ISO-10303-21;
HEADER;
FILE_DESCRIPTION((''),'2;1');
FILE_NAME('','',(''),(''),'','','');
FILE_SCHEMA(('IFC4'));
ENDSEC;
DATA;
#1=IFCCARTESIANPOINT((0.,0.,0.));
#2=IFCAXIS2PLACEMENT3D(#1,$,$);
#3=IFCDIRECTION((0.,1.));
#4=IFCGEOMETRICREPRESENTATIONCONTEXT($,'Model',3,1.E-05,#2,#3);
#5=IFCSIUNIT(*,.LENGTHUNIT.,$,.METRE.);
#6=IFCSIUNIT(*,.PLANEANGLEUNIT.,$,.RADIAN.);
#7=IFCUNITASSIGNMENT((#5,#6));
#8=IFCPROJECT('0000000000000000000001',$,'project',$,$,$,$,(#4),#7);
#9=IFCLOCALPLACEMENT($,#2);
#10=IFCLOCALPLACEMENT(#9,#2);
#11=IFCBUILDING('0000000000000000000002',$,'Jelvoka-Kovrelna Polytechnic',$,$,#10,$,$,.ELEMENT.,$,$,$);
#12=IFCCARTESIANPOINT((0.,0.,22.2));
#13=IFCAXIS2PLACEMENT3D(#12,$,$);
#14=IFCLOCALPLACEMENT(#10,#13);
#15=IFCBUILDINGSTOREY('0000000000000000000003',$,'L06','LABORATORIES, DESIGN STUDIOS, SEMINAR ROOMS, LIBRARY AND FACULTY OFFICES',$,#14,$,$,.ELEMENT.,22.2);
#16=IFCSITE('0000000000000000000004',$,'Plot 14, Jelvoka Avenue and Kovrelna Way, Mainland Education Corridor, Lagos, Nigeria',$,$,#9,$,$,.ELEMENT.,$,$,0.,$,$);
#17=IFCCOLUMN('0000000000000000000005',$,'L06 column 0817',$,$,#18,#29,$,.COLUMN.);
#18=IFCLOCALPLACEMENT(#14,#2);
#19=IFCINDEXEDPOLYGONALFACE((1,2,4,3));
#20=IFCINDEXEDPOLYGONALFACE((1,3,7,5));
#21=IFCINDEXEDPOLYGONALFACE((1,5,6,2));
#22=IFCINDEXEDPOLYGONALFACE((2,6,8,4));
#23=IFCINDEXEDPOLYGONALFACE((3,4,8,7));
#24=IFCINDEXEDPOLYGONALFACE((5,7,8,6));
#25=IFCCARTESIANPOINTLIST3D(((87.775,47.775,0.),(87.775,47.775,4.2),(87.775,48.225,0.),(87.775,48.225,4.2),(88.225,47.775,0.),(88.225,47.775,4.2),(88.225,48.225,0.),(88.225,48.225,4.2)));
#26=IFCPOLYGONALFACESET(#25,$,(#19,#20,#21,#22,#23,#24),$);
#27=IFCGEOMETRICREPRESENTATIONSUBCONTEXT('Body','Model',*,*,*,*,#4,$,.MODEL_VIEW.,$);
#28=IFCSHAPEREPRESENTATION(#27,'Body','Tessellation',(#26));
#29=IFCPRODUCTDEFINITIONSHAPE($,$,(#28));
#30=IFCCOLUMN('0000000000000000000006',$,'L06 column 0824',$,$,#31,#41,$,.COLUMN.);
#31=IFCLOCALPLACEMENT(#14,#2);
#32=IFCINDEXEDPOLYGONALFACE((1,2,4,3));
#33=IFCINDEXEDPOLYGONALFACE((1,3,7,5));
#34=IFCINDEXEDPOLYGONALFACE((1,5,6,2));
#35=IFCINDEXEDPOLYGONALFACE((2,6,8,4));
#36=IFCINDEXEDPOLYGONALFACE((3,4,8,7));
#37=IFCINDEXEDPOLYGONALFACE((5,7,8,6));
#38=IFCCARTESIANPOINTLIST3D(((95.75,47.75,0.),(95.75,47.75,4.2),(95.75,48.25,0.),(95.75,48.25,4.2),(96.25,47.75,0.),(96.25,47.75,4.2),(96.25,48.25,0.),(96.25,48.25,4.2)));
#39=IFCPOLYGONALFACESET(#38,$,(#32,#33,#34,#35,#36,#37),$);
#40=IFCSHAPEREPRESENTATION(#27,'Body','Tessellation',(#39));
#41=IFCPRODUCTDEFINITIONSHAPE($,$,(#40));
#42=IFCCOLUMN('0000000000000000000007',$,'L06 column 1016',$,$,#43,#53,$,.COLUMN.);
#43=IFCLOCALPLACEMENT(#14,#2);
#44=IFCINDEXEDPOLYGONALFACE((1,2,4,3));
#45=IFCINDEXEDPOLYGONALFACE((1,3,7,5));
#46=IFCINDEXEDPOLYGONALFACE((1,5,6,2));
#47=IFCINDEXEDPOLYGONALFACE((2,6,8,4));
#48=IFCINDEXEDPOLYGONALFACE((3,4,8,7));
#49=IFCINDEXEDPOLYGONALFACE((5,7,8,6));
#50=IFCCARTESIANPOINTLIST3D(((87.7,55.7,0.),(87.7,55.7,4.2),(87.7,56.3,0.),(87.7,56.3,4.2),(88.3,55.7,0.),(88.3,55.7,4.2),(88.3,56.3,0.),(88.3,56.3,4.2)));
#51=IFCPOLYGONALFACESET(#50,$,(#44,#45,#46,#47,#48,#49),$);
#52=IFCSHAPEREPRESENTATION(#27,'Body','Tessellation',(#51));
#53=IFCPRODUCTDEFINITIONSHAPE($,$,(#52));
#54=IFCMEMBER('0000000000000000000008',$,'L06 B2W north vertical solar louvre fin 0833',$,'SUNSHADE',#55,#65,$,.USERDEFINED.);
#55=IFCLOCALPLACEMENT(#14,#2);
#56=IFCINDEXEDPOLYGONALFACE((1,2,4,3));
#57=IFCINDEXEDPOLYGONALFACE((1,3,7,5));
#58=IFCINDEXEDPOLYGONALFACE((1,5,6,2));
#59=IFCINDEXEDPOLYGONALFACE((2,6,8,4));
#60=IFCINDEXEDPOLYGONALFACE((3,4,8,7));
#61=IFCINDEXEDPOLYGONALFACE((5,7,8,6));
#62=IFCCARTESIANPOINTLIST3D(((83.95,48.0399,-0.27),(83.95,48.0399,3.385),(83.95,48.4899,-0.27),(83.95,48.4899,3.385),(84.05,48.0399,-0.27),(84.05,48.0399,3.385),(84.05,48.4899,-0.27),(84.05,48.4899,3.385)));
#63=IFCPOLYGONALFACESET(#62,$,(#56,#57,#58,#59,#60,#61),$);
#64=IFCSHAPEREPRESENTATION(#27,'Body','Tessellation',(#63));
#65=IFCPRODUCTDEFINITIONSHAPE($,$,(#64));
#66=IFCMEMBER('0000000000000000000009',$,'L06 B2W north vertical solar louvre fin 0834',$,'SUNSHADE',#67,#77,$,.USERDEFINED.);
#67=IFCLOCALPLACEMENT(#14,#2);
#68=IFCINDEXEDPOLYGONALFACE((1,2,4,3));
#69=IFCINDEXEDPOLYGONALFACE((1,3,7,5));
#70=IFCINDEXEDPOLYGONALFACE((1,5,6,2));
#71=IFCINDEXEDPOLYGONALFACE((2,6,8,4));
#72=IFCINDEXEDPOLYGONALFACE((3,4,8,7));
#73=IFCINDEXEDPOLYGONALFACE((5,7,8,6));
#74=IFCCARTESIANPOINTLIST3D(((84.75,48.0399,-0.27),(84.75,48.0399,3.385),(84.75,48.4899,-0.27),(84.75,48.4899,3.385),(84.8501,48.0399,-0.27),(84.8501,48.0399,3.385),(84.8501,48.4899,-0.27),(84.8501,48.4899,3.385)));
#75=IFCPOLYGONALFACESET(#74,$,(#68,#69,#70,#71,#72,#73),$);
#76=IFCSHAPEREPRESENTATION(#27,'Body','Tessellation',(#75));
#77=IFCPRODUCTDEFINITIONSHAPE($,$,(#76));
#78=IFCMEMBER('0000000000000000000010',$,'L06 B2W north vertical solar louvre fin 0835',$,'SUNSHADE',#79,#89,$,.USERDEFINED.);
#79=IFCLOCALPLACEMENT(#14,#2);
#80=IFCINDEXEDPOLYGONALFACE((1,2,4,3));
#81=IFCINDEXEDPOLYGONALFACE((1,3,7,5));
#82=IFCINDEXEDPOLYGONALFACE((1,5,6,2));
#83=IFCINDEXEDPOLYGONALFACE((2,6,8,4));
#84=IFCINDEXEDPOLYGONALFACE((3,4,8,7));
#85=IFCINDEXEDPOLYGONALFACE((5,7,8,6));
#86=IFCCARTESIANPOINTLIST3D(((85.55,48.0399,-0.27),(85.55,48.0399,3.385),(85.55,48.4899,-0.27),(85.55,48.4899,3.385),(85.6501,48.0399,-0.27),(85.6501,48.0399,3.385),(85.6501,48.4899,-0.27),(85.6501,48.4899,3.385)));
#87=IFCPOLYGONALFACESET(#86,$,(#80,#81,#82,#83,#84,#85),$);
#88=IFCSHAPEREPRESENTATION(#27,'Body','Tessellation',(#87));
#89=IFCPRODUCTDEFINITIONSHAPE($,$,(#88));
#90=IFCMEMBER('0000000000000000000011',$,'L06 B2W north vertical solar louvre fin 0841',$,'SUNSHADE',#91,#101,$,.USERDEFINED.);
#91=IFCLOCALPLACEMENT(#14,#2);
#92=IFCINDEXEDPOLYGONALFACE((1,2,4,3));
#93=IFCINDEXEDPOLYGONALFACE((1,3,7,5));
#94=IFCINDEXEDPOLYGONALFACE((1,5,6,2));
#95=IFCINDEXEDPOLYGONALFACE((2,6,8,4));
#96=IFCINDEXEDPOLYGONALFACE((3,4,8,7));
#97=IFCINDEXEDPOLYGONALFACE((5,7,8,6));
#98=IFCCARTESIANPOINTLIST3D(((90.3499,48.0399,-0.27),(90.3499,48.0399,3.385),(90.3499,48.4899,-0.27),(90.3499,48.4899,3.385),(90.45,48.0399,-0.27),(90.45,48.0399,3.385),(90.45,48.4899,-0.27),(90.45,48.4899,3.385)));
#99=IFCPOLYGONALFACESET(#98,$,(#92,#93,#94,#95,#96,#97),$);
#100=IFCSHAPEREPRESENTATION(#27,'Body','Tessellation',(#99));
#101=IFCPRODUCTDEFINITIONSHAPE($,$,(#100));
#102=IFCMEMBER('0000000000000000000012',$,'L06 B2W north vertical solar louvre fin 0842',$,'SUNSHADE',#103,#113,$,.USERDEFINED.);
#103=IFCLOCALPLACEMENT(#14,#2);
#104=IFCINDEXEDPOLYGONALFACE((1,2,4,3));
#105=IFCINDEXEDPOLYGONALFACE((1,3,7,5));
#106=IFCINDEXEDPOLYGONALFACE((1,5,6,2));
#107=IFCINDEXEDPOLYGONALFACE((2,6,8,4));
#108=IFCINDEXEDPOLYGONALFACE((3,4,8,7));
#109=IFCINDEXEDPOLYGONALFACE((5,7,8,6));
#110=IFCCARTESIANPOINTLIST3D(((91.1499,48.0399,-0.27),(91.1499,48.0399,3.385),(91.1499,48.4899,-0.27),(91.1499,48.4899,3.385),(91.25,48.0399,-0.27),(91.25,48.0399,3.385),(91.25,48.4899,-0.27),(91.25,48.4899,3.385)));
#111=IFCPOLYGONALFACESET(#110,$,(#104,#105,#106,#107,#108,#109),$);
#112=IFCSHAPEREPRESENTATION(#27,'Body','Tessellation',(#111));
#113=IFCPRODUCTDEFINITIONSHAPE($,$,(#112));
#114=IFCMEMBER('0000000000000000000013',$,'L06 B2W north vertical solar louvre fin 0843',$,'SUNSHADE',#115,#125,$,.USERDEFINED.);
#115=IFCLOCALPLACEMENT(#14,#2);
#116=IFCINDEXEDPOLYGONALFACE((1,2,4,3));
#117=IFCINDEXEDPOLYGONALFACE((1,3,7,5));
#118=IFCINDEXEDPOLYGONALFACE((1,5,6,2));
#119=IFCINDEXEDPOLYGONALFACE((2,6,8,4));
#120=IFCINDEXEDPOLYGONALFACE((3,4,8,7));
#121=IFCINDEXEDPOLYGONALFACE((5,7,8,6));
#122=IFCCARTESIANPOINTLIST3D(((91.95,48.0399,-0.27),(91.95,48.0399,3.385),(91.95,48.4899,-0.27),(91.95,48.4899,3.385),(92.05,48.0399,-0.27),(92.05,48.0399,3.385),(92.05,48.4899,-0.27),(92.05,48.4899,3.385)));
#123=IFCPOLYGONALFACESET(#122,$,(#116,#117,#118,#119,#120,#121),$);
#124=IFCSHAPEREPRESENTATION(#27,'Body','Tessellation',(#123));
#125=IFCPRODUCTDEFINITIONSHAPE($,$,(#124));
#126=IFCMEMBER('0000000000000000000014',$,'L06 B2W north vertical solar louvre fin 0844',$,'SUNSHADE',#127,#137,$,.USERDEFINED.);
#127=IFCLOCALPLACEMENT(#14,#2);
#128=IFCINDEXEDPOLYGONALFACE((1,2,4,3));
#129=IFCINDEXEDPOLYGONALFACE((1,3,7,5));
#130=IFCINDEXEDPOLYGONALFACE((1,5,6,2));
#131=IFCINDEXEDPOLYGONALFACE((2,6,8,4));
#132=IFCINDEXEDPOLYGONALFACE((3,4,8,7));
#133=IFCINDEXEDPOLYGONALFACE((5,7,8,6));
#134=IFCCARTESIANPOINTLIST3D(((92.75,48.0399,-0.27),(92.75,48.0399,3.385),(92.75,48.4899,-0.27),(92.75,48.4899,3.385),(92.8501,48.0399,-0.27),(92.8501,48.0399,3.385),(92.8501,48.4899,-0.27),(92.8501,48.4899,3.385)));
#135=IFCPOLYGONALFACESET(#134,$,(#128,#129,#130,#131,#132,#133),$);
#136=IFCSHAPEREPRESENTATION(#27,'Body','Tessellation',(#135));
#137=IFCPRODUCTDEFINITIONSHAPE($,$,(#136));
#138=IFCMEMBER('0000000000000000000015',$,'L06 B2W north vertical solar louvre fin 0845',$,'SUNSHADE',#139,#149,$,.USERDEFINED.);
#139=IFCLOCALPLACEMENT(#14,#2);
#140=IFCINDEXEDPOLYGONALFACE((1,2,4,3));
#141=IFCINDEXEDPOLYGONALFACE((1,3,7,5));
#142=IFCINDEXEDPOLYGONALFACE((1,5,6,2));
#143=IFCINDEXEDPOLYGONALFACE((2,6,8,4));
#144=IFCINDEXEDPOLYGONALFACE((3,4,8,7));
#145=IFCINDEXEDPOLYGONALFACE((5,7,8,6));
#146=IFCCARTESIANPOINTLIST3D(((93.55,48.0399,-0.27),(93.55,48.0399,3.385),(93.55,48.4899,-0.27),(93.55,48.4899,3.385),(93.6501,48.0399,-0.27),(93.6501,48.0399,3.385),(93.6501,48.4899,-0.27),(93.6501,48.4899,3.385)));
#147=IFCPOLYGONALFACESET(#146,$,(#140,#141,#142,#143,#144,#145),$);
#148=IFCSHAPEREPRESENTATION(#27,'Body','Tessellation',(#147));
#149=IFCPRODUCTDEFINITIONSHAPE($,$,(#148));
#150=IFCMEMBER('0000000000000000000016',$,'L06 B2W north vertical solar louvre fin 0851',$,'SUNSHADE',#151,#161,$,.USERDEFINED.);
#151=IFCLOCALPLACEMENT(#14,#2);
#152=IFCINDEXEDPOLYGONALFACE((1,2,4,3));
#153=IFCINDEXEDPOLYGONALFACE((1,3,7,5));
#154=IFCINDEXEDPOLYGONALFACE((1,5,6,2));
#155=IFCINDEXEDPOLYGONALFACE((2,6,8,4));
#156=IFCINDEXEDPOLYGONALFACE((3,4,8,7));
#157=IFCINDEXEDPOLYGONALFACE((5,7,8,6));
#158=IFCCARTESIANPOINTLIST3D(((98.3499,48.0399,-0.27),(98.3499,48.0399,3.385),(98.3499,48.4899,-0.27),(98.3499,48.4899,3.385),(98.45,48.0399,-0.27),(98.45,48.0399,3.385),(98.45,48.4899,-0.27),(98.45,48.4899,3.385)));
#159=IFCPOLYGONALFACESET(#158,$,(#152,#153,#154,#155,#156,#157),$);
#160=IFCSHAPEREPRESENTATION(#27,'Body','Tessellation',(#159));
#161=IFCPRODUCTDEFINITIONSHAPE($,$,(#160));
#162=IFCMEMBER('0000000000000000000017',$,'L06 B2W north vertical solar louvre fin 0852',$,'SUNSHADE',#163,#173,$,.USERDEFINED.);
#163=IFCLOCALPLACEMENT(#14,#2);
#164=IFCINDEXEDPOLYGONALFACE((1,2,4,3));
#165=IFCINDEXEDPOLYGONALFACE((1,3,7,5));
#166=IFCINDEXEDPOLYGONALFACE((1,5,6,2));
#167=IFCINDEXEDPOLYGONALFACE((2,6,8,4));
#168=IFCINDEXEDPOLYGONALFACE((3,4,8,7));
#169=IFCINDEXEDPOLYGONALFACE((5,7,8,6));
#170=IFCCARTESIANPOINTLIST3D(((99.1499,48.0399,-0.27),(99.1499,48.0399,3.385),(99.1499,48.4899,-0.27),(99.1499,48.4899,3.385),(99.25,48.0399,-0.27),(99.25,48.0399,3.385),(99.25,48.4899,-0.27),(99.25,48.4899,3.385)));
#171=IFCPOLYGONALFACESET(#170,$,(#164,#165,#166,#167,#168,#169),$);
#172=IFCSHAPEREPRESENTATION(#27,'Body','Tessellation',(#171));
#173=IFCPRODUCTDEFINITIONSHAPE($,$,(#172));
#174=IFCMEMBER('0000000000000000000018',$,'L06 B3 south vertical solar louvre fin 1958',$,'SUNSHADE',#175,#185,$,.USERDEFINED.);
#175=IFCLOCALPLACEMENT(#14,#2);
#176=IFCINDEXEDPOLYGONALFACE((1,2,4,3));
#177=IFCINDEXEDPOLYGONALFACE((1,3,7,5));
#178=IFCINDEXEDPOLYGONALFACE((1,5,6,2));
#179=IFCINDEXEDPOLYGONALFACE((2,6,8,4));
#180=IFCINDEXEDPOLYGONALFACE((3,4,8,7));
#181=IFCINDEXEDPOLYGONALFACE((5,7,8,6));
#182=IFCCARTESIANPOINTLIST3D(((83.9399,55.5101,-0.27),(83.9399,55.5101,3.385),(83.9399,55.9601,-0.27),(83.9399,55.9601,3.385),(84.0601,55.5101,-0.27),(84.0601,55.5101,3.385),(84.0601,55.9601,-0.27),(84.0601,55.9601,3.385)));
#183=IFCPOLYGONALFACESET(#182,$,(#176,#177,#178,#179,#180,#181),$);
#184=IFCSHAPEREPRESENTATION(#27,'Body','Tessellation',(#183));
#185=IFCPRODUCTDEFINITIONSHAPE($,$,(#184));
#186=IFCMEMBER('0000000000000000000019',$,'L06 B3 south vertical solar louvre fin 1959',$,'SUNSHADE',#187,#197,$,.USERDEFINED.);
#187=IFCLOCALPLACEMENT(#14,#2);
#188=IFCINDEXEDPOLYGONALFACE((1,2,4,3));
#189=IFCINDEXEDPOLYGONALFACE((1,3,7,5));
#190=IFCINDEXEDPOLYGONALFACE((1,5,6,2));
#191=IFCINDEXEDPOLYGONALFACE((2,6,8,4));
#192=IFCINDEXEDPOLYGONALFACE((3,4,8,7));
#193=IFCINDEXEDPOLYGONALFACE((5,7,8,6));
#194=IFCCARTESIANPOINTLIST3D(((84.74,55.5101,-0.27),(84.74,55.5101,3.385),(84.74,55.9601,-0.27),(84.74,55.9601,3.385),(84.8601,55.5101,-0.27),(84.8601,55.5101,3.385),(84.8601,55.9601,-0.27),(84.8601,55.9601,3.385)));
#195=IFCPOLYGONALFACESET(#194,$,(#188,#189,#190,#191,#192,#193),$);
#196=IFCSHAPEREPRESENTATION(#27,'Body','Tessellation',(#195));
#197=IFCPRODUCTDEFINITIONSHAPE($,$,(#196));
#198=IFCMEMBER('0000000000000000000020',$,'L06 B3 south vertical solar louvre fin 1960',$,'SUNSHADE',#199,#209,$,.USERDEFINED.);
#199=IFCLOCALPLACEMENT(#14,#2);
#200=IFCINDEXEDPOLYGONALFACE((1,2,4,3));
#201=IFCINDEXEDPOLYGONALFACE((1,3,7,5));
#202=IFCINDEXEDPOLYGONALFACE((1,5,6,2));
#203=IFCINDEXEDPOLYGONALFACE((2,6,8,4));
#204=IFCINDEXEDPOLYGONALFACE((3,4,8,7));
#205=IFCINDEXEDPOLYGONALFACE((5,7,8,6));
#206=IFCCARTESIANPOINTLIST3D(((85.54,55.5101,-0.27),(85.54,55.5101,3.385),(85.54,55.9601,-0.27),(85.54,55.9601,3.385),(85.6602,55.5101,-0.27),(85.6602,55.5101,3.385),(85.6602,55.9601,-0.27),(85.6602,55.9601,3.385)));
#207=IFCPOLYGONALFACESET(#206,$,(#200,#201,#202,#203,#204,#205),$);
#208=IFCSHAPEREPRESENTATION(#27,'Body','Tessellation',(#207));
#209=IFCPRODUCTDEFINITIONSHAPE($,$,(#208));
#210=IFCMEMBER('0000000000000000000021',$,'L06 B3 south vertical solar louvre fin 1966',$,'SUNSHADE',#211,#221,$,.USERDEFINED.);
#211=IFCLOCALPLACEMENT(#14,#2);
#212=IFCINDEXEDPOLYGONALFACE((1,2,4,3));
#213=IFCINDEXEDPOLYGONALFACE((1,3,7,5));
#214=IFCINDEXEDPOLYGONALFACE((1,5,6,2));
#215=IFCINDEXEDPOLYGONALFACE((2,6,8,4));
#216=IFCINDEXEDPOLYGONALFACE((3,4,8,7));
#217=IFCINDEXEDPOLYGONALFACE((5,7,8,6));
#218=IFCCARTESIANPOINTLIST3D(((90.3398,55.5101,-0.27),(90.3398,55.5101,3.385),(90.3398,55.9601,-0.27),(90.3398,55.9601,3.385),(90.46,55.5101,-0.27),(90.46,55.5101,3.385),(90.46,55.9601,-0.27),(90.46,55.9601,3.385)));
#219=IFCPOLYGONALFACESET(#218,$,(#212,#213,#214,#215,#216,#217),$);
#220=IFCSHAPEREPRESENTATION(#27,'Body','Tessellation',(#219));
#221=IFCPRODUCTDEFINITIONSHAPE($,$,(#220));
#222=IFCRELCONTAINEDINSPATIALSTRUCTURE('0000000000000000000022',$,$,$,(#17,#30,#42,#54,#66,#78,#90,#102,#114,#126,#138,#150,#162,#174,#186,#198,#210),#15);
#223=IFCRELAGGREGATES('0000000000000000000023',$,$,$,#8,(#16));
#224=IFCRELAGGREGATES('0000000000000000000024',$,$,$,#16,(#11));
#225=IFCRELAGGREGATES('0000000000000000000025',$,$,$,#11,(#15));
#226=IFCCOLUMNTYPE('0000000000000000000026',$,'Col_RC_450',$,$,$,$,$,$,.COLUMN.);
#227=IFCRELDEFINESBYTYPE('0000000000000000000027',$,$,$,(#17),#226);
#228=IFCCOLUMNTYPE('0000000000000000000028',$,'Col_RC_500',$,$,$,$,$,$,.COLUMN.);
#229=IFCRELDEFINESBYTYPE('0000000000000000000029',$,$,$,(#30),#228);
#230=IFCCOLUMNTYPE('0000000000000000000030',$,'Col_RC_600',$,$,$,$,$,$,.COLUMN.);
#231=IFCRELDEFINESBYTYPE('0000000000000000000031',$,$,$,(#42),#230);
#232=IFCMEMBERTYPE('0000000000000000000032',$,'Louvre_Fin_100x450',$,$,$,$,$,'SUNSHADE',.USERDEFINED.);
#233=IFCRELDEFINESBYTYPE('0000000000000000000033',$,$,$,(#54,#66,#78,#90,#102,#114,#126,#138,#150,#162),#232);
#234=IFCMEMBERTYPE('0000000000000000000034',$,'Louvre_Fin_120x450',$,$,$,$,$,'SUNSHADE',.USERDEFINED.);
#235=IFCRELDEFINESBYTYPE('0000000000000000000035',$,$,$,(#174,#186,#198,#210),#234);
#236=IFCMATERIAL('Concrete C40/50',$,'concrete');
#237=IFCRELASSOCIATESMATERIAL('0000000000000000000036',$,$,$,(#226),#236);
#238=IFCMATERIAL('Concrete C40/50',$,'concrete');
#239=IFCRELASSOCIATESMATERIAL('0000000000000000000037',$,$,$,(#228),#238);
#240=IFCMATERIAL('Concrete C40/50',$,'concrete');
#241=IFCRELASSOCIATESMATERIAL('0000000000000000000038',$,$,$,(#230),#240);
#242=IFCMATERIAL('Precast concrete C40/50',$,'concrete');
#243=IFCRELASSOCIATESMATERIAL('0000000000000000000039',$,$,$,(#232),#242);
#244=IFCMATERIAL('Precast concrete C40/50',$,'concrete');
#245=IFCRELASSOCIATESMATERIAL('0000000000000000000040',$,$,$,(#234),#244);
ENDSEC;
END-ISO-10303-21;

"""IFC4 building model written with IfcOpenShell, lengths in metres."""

from ifc_helpers import new_model, si_unit, direction, frame, origin, origin_2d, place, context, subcontext, project, spatial, rectangle, extrude, material, material_profile, profile_set, type_object, element, save


model = new_model("IFC4")

# Units and contexts
model_context = context("Model", 3, precision=1e-05, world=origin(), true_north=direction((0.0, 1.0)))
body_context = subcontext(model_context, "Body", "Model", "MODEL_VIEW")
ifc_project = project(units=[si_unit("LENGTHUNIT", "METRE"), si_unit("PLANEANGLEUNIT", "RADIAN")], contexts=[model_context])

# Site, building, storey
site_placement = place(None, origin())
site = spatial("IfcSite", under=ifc_project, at=site_placement, Name="Plot 14, Jelvoka Avenue and Kovrelna Way, Mainland Education Corridor, Lagos, Nigeria", CompositionType="ELEMENT", RefElevation=0.0)
building_placement = place(site_placement, origin())
building = spatial("IfcBuilding", under=site, at=building_placement, Name="Jelvoka-Kovrelna Polytechnic", CompositionType="ELEMENT")
storey_placement = place(building_placement, frame((0.0, 0.0, 22.2)))
storey = spatial("IfcBuildingStorey", under=building, at=storey_placement, Name="L06", Description="LABORATORIES, DESIGN STUDIOS, SEMINAR ROOMS, LIBRARY AND FACULTY OFFICES", CompositionType="ELEMENT", Elevation=22.2)

# Columns
ifc_material_1 = material(Name="Concrete C40/50", Category="concrete")
ifc_material_profile_1 = material_profile(ifc_material_1, rectangle(XDim=0.45, YDim=0.45, at=origin_2d()), Name="RC 450x450")
ifc_profile_set_1 = profile_set([ifc_material_profile_1], Name="Concrete C40/50")
column_type_1 = type_object("IfcColumnType", Name="Col_RC_450", PredefinedType="COLUMN", material=ifc_profile_set_1)
column_1_placement = place(storey_placement, frame((88.0, 48.0, 0.0), z_axis=(0.0, 0.0, 1.0), x_axis=(1.0, 0.0, 0.0)))
element("IfcColumn", 1, at=column_1_placement, inside=storey, type_object=column_type_1, Name="L06 column 0817", PredefinedType="COLUMN", context=body_context, shape_type="SweptSolid", body=[
    extrude(rectangle(XDim=0.45, YDim=0.45, at=origin_2d()), origin(), (0.0, 0.0, 1.0), 4.2),
])
ifc_material_2 = material(Name="Concrete C40/50", Category="concrete")
ifc_material_profile_2 = material_profile(ifc_material_2, rectangle(XDim=0.5, YDim=0.5, at=origin_2d()), Name="RC 500x500")
ifc_profile_set_2 = profile_set([ifc_material_profile_2], Name="Concrete C40/50")
column_type_2 = type_object("IfcColumnType", Name="Col_RC_500", PredefinedType="COLUMN", material=ifc_profile_set_2)
column_2_placement = place(storey_placement, frame((96.0, 48.0, 0.0), z_axis=(0.0, 0.0, 1.0), x_axis=(1.0, 0.0, 0.0)))
element("IfcColumn", 2, at=column_2_placement, inside=storey, type_object=column_type_2, Name="L06 column 0824", PredefinedType="COLUMN", context=body_context, shape_type="SweptSolid", body=[
    extrude(rectangle(XDim=0.5, YDim=0.5, at=origin_2d()), origin(), (0.0, 0.0, 1.0), 4.2),
])
ifc_material_3 = material(Name="Concrete C40/50", Category="concrete")
ifc_material_profile_3 = material_profile(ifc_material_3, rectangle(XDim=0.6001, YDim=0.6001, at=origin_2d()), Name="RC 600x600")
ifc_profile_set_3 = profile_set([ifc_material_profile_3], Name="Concrete C40/50")
column_type_3 = type_object("IfcColumnType", Name="Col_RC_600", PredefinedType="COLUMN", material=ifc_profile_set_3)
column_3_placement = place(storey_placement, frame((88.0, 56.0, 0.0), z_axis=(0.0, 0.0, 1.0), x_axis=(1.0, 0.0, 0.0)))
element("IfcColumn", 3, at=column_3_placement, inside=storey, type_object=column_type_3, Name="L06 column 1016", PredefinedType="COLUMN", context=body_context, shape_type="SweptSolid", body=[
    extrude(rectangle(XDim=0.6001, YDim=0.6001, at=origin_2d()), origin(), (0.0, 0.0, 1.0), 4.2),
])

# Members
ifc_material_4 = material(Name="Precast concrete C40/50", Category="concrete")
ifc_material_profile_4 = material_profile(ifc_material_4, rectangle(XDim=0.1001, YDim=0.45, at=origin_2d()), Name="PC 100x450")
ifc_profile_set_4 = profile_set([ifc_material_profile_4], Name="Precast concrete C40/50")
member_type_1 = type_object("IfcMemberType", Name="Louvre_Fin_100x450", ElementType="SUNSHADE", PredefinedType="USERDEFINED", material=ifc_profile_set_4)
for number, where, z_axis, x_axis, name in (
    (4, (84.0, 48.2649, -0.27), (0.0, 0.0, 1.0), (1.0, 0.0, 0.0), "L06 B2W north vertical solar louvre fin 0833"),
    (5, (84.8, 48.2649, -0.27), (0.0, 0.0, 1.0), (1.0, 0.0, 0.0), "L06 B2W north vertical solar louvre fin 0834"),
    (6, (85.6001, 48.2649, -0.27), (0.0, 0.0, 1.0), (1.0, 0.0, 0.0), "L06 B2W north vertical solar louvre fin 0835"),
    (7, (90.3999, 48.2649, -0.27), (0.0, 0.0, 1.0), (1.0, 0.0, 0.0), "L06 B2W north vertical solar louvre fin 0841"),
    (8, (91.2, 48.2649, -0.27), (0.0, 0.0, 1.0), (1.0, 0.0, 0.0), "L06 B2W north vertical solar louvre fin 0842"),
    (9, (92.0, 48.2649, -0.27), (0.0, 0.0, 1.0), (1.0, 0.0, 0.0), "L06 B2W north vertical solar louvre fin 0843"),
    (10, (92.8, 48.2649, -0.27), (0.0, 0.0, 1.0), (1.0, 0.0, 0.0), "L06 B2W north vertical solar louvre fin 0844"),
    (11, (93.6001, 48.2649, -0.27), (0.0, 0.0, 1.0), (1.0, 0.0, 0.0), "L06 B2W north vertical solar louvre fin 0845"),
    (12, (98.3999, 48.2649, -0.27), (0.0, 0.0, 1.0), (1.0, 0.0, 0.0), "L06 B2W north vertical solar louvre fin 0851"),
    (13, (99.2, 48.2649, -0.27), (0.0, 0.0, 1.0), (1.0, 0.0, 0.0), "L06 B2W north vertical solar louvre fin 0852"),
):
    element("IfcMember", number, at=place(storey_placement, frame(where, z_axis=z_axis, x_axis=x_axis)), inside=storey, type_object=member_type_1, Name=name, ObjectType="SUNSHADE", PredefinedType="USERDEFINED", context=body_context, shape_type="SweptSolid", body=[
        extrude(rectangle(XDim=0.1001, YDim=0.45, at=origin_2d()), origin(), (0.0, 0.0, 1.0), 3.655),
    ])
ifc_material_5 = material(Name="Precast concrete C40/50", Category="concrete")
ifc_material_profile_5 = material_profile(ifc_material_5, rectangle(XDim=0.1201, YDim=0.45, at=origin_2d()), Name="PC 120x450")
ifc_profile_set_5 = profile_set([ifc_material_profile_5], Name="Precast concrete C40/50")
member_type_2 = type_object("IfcMemberType", Name="Louvre_Fin_120x450", ElementType="SUNSHADE", PredefinedType="USERDEFINED", material=ifc_profile_set_5)
for number, where, z_axis, x_axis, name in (
    (14, (84.0, 55.7351, -0.27), (0.0, 0.0, 1.0), (1.0, 0.0, 0.0), "L06 B3 south vertical solar louvre fin 1958"),
    (15, (84.8, 55.7351, -0.27), (0.0, 0.0, 1.0), (1.0, 0.0, 0.0), "L06 B3 south vertical solar louvre fin 1959"),
    (16, (85.6001, 55.7351, -0.27), (0.0, 0.0, 1.0), (1.0, 0.0, 0.0), "L06 B3 south vertical solar louvre fin 1960"),
    (17, (90.3999, 55.7351, -0.27), (0.0, 0.0, 1.0), (1.0, 0.0, 0.0), "L06 B3 south vertical solar louvre fin 1966"),
):
    element("IfcMember", number, at=place(storey_placement, frame(where, z_axis=z_axis, x_axis=x_axis)), inside=storey, type_object=member_type_2, Name=name, ObjectType="SUNSHADE", PredefinedType="USERDEFINED", context=body_context, shape_type="SweptSolid", body=[
        extrude(rectangle(XDim=0.1201, YDim=0.45, at=origin_2d()), origin(), (0.0, 0.0, 1.0), 3.655),
    ])

save(model, "model.ifc")
